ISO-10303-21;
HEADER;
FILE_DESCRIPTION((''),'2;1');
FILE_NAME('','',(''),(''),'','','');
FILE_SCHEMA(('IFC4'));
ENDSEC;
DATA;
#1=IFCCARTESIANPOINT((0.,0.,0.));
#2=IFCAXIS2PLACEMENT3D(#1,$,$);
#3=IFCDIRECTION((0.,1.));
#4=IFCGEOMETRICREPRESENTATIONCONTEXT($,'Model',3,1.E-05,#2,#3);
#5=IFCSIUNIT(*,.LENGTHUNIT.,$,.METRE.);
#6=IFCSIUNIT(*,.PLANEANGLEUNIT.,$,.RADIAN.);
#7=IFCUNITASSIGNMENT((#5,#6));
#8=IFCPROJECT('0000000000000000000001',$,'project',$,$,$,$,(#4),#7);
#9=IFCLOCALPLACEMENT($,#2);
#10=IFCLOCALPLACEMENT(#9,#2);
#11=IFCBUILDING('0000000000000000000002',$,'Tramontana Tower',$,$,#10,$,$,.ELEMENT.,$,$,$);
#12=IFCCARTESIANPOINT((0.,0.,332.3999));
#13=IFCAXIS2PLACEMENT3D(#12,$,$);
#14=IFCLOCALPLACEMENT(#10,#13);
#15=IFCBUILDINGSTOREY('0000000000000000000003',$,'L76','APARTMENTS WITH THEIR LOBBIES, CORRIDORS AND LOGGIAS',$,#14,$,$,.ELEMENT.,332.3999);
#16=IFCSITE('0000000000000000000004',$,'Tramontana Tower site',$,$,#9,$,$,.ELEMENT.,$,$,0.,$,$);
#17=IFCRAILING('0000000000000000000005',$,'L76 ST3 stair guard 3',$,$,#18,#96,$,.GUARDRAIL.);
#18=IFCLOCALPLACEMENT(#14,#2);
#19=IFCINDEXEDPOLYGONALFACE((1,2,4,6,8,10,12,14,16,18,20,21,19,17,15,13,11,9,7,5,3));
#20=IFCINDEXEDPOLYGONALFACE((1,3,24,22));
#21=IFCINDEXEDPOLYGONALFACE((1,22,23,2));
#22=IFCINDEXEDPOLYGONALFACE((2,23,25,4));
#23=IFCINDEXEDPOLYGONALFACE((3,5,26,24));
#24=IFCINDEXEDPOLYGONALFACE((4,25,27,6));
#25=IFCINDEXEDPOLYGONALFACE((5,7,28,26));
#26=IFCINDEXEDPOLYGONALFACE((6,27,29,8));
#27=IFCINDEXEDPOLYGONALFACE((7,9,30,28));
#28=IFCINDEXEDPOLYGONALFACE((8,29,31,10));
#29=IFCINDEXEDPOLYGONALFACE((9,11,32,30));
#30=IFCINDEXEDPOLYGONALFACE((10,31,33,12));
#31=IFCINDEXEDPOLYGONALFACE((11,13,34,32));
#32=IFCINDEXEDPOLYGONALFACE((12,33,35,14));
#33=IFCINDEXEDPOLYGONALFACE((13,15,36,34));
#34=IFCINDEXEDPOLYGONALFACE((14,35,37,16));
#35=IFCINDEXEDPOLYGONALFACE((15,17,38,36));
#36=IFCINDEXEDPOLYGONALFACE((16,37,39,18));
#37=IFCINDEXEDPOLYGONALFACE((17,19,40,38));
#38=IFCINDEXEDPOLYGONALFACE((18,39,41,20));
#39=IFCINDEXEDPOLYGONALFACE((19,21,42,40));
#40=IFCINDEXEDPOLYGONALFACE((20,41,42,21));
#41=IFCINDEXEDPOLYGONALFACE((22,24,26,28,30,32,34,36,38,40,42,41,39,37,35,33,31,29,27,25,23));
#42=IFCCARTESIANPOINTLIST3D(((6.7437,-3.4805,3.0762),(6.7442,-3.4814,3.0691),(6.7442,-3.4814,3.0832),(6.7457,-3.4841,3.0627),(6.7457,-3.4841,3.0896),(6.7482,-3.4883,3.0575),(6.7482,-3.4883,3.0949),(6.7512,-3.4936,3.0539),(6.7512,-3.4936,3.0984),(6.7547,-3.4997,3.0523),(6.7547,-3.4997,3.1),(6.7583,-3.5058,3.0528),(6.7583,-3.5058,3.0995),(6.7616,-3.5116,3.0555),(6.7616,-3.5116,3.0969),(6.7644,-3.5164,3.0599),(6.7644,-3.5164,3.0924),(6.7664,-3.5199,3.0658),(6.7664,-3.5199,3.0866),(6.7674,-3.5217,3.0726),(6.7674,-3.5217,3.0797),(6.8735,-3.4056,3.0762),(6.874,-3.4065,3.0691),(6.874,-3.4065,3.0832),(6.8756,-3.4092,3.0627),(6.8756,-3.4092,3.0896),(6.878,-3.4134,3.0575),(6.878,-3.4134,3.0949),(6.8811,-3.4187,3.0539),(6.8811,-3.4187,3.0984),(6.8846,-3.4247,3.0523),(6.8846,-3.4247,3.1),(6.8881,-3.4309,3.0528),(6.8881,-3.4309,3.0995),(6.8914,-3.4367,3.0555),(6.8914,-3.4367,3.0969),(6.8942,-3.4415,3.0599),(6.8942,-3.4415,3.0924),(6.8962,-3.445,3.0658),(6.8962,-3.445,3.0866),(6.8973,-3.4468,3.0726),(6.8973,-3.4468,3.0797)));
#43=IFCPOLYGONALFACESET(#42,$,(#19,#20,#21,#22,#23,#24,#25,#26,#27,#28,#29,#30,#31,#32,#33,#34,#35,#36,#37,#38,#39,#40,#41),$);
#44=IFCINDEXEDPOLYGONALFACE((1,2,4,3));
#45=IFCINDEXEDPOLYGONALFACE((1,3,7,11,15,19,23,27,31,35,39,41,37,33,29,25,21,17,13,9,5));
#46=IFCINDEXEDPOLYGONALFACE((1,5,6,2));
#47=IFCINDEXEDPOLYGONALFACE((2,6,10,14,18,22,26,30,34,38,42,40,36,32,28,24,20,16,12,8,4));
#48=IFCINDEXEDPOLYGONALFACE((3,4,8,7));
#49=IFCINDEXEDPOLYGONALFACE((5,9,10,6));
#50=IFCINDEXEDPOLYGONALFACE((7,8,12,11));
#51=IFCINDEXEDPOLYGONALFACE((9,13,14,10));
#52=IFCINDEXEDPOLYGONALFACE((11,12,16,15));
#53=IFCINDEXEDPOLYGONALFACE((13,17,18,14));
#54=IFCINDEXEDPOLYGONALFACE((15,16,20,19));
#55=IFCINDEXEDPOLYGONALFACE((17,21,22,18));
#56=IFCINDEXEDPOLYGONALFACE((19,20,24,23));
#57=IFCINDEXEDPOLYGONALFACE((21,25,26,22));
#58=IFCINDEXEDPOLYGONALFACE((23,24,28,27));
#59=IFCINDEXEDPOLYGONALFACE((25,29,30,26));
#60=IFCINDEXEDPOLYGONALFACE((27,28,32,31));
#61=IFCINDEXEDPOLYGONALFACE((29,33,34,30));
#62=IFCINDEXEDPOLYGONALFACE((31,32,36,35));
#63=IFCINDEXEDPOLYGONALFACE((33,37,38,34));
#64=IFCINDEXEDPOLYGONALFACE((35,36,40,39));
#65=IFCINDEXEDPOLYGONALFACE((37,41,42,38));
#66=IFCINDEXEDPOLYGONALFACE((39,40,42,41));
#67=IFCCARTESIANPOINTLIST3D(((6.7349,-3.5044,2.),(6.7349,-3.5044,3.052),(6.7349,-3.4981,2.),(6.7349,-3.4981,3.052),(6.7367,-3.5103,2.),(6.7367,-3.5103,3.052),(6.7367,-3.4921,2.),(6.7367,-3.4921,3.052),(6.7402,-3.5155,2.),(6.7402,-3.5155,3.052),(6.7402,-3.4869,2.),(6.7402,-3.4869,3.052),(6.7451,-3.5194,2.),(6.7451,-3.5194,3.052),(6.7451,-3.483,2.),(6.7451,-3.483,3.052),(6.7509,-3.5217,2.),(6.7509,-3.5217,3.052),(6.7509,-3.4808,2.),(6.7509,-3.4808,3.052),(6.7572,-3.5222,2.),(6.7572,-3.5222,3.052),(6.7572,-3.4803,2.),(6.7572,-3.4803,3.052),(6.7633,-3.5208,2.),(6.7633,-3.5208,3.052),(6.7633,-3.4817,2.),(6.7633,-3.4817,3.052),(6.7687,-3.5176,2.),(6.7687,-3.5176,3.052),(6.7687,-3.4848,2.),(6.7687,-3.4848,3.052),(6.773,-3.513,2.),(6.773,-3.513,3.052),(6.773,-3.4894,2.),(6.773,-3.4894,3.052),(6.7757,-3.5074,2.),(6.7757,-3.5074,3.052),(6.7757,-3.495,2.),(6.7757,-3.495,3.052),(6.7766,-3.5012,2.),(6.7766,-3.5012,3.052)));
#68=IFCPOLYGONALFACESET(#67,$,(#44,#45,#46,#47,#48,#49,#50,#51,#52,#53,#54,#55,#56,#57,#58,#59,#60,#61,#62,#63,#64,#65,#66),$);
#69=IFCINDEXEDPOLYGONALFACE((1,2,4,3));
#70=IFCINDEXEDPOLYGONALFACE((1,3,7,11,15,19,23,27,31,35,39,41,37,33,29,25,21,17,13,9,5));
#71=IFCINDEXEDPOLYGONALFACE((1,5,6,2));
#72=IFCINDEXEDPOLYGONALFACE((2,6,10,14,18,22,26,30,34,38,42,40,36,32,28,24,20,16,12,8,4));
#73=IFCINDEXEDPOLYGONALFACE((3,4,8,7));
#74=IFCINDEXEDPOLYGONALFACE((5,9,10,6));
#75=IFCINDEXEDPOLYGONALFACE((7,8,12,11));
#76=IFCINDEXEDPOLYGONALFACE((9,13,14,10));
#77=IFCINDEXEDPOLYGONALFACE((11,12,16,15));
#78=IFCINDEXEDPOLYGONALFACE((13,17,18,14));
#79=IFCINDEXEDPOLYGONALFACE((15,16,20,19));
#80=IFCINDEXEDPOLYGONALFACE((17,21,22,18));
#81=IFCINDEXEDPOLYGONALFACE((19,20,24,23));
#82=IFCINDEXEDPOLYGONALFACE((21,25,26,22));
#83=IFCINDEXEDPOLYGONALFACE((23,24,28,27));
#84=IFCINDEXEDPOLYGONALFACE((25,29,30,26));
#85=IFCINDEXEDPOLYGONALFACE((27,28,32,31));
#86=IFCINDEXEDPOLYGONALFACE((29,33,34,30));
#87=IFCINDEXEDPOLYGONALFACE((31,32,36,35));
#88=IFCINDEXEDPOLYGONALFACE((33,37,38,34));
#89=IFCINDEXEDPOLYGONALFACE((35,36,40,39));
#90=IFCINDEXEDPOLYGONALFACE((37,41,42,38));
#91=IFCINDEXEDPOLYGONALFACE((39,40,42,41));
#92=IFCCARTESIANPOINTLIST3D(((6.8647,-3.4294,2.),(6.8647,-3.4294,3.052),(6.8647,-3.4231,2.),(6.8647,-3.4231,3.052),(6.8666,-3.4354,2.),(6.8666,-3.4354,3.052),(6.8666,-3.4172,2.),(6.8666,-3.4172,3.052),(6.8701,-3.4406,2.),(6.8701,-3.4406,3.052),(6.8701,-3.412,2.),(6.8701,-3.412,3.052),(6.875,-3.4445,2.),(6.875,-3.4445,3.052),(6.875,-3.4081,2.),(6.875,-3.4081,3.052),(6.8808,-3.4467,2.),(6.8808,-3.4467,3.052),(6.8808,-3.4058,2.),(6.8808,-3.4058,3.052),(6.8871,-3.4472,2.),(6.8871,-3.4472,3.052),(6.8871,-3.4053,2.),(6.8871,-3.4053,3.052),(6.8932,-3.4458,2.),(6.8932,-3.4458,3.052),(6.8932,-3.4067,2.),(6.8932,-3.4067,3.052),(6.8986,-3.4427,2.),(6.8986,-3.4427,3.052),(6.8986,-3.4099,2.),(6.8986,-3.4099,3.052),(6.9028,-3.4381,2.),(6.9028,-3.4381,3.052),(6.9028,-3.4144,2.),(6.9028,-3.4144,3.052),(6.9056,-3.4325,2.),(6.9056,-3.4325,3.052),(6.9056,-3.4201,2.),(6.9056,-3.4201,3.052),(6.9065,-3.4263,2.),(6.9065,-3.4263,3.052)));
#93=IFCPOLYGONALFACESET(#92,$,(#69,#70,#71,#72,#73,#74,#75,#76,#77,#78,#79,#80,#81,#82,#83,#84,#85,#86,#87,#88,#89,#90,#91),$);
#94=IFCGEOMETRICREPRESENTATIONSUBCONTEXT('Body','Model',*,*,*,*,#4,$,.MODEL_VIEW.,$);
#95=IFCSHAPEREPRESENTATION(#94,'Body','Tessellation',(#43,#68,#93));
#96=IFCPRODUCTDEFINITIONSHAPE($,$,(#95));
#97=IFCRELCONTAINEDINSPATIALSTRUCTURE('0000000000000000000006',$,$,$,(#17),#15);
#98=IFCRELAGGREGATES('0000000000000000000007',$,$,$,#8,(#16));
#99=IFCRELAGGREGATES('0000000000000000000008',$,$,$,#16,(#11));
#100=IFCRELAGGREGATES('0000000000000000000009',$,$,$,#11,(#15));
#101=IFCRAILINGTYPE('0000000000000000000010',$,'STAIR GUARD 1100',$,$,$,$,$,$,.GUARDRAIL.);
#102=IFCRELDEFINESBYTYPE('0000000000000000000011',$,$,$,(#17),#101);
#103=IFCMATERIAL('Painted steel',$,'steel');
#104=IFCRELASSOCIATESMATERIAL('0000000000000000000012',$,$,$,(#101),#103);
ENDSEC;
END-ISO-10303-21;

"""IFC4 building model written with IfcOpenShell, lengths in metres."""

from ifc_helpers import new_model, si_unit, direction, frame, origin, origin_2d, place, context, subcontext, project, spatial, circle, extrude, material, type_object, element, save


model = new_model("IFC4")

# Units and contexts
model_context = context("Model", 3, precision=1e-05, world=origin(), true_north=direction((0.0, 1.0)))
body_context = subcontext(model_context, "Body", "Model", "MODEL_VIEW")
ifc_project = project(units=[si_unit("LENGTHUNIT", "METRE"), si_unit("PLANEANGLEUNIT", "RADIAN")], contexts=[model_context])

# Site, building, storey
site_placement = place(None, origin())
site = spatial("IfcSite", under=ifc_project, at=site_placement, Name="Tramontana Tower site", CompositionType="ELEMENT", RefElevation=0.0)
building_placement = place(site_placement, origin())
building = spatial("IfcBuilding", under=site, at=building_placement, Name="Tramontana Tower", CompositionType="ELEMENT")
storey_placement = place(building_placement, frame((0.0, 0.0, 332.3999)))
storey = spatial("IfcBuildingStorey", under=building, at=storey_placement, Name="L76", Description="APARTMENTS WITH THEIR LOBBIES, CORRIDORS AND LOGGIAS", CompositionType="ELEMENT", Elevation=332.3999)

# Railing
ifc_material_1 = material(Name="Painted steel", Category="steel")
railing_type_1 = type_object("IfcRailingType", Name="STAIR GUARD 1100", PredefinedType="GUARDRAIL", material=ifc_material_1)
railing_1_placement = place(storey_placement, frame((6.7556, -3.5012, 2.0)))
element("IfcRailing", 1, at=railing_1_placement, inside=storey, type_object=railing_type_1, Name="L76 ST3 stair guard 3", PredefinedType="GUARDRAIL", context=body_context, shape_type="SweptSolid", body=[
    extrude(circle(Radius=0.0239, at=origin_2d()), frame((0.0, 0.0, 1.0762), z_axis=(0.866131, 0.499816, 0.0), x_axis=(-0.499816, 0.866131, 0.0)), (0.0, 0.0, 1.0), 0.1499),
    extrude(circle(Radius=0.021, at=origin_2d()), origin(), (0.0, 0.0, 1.0), 1.052),
    extrude(circle(Radius=0.021, at=origin_2d()), frame((0.1299, 0.075, 0.0)), (0.0, 0.0, 1.0), 1.052),
])

save(model, "model.ifc")
